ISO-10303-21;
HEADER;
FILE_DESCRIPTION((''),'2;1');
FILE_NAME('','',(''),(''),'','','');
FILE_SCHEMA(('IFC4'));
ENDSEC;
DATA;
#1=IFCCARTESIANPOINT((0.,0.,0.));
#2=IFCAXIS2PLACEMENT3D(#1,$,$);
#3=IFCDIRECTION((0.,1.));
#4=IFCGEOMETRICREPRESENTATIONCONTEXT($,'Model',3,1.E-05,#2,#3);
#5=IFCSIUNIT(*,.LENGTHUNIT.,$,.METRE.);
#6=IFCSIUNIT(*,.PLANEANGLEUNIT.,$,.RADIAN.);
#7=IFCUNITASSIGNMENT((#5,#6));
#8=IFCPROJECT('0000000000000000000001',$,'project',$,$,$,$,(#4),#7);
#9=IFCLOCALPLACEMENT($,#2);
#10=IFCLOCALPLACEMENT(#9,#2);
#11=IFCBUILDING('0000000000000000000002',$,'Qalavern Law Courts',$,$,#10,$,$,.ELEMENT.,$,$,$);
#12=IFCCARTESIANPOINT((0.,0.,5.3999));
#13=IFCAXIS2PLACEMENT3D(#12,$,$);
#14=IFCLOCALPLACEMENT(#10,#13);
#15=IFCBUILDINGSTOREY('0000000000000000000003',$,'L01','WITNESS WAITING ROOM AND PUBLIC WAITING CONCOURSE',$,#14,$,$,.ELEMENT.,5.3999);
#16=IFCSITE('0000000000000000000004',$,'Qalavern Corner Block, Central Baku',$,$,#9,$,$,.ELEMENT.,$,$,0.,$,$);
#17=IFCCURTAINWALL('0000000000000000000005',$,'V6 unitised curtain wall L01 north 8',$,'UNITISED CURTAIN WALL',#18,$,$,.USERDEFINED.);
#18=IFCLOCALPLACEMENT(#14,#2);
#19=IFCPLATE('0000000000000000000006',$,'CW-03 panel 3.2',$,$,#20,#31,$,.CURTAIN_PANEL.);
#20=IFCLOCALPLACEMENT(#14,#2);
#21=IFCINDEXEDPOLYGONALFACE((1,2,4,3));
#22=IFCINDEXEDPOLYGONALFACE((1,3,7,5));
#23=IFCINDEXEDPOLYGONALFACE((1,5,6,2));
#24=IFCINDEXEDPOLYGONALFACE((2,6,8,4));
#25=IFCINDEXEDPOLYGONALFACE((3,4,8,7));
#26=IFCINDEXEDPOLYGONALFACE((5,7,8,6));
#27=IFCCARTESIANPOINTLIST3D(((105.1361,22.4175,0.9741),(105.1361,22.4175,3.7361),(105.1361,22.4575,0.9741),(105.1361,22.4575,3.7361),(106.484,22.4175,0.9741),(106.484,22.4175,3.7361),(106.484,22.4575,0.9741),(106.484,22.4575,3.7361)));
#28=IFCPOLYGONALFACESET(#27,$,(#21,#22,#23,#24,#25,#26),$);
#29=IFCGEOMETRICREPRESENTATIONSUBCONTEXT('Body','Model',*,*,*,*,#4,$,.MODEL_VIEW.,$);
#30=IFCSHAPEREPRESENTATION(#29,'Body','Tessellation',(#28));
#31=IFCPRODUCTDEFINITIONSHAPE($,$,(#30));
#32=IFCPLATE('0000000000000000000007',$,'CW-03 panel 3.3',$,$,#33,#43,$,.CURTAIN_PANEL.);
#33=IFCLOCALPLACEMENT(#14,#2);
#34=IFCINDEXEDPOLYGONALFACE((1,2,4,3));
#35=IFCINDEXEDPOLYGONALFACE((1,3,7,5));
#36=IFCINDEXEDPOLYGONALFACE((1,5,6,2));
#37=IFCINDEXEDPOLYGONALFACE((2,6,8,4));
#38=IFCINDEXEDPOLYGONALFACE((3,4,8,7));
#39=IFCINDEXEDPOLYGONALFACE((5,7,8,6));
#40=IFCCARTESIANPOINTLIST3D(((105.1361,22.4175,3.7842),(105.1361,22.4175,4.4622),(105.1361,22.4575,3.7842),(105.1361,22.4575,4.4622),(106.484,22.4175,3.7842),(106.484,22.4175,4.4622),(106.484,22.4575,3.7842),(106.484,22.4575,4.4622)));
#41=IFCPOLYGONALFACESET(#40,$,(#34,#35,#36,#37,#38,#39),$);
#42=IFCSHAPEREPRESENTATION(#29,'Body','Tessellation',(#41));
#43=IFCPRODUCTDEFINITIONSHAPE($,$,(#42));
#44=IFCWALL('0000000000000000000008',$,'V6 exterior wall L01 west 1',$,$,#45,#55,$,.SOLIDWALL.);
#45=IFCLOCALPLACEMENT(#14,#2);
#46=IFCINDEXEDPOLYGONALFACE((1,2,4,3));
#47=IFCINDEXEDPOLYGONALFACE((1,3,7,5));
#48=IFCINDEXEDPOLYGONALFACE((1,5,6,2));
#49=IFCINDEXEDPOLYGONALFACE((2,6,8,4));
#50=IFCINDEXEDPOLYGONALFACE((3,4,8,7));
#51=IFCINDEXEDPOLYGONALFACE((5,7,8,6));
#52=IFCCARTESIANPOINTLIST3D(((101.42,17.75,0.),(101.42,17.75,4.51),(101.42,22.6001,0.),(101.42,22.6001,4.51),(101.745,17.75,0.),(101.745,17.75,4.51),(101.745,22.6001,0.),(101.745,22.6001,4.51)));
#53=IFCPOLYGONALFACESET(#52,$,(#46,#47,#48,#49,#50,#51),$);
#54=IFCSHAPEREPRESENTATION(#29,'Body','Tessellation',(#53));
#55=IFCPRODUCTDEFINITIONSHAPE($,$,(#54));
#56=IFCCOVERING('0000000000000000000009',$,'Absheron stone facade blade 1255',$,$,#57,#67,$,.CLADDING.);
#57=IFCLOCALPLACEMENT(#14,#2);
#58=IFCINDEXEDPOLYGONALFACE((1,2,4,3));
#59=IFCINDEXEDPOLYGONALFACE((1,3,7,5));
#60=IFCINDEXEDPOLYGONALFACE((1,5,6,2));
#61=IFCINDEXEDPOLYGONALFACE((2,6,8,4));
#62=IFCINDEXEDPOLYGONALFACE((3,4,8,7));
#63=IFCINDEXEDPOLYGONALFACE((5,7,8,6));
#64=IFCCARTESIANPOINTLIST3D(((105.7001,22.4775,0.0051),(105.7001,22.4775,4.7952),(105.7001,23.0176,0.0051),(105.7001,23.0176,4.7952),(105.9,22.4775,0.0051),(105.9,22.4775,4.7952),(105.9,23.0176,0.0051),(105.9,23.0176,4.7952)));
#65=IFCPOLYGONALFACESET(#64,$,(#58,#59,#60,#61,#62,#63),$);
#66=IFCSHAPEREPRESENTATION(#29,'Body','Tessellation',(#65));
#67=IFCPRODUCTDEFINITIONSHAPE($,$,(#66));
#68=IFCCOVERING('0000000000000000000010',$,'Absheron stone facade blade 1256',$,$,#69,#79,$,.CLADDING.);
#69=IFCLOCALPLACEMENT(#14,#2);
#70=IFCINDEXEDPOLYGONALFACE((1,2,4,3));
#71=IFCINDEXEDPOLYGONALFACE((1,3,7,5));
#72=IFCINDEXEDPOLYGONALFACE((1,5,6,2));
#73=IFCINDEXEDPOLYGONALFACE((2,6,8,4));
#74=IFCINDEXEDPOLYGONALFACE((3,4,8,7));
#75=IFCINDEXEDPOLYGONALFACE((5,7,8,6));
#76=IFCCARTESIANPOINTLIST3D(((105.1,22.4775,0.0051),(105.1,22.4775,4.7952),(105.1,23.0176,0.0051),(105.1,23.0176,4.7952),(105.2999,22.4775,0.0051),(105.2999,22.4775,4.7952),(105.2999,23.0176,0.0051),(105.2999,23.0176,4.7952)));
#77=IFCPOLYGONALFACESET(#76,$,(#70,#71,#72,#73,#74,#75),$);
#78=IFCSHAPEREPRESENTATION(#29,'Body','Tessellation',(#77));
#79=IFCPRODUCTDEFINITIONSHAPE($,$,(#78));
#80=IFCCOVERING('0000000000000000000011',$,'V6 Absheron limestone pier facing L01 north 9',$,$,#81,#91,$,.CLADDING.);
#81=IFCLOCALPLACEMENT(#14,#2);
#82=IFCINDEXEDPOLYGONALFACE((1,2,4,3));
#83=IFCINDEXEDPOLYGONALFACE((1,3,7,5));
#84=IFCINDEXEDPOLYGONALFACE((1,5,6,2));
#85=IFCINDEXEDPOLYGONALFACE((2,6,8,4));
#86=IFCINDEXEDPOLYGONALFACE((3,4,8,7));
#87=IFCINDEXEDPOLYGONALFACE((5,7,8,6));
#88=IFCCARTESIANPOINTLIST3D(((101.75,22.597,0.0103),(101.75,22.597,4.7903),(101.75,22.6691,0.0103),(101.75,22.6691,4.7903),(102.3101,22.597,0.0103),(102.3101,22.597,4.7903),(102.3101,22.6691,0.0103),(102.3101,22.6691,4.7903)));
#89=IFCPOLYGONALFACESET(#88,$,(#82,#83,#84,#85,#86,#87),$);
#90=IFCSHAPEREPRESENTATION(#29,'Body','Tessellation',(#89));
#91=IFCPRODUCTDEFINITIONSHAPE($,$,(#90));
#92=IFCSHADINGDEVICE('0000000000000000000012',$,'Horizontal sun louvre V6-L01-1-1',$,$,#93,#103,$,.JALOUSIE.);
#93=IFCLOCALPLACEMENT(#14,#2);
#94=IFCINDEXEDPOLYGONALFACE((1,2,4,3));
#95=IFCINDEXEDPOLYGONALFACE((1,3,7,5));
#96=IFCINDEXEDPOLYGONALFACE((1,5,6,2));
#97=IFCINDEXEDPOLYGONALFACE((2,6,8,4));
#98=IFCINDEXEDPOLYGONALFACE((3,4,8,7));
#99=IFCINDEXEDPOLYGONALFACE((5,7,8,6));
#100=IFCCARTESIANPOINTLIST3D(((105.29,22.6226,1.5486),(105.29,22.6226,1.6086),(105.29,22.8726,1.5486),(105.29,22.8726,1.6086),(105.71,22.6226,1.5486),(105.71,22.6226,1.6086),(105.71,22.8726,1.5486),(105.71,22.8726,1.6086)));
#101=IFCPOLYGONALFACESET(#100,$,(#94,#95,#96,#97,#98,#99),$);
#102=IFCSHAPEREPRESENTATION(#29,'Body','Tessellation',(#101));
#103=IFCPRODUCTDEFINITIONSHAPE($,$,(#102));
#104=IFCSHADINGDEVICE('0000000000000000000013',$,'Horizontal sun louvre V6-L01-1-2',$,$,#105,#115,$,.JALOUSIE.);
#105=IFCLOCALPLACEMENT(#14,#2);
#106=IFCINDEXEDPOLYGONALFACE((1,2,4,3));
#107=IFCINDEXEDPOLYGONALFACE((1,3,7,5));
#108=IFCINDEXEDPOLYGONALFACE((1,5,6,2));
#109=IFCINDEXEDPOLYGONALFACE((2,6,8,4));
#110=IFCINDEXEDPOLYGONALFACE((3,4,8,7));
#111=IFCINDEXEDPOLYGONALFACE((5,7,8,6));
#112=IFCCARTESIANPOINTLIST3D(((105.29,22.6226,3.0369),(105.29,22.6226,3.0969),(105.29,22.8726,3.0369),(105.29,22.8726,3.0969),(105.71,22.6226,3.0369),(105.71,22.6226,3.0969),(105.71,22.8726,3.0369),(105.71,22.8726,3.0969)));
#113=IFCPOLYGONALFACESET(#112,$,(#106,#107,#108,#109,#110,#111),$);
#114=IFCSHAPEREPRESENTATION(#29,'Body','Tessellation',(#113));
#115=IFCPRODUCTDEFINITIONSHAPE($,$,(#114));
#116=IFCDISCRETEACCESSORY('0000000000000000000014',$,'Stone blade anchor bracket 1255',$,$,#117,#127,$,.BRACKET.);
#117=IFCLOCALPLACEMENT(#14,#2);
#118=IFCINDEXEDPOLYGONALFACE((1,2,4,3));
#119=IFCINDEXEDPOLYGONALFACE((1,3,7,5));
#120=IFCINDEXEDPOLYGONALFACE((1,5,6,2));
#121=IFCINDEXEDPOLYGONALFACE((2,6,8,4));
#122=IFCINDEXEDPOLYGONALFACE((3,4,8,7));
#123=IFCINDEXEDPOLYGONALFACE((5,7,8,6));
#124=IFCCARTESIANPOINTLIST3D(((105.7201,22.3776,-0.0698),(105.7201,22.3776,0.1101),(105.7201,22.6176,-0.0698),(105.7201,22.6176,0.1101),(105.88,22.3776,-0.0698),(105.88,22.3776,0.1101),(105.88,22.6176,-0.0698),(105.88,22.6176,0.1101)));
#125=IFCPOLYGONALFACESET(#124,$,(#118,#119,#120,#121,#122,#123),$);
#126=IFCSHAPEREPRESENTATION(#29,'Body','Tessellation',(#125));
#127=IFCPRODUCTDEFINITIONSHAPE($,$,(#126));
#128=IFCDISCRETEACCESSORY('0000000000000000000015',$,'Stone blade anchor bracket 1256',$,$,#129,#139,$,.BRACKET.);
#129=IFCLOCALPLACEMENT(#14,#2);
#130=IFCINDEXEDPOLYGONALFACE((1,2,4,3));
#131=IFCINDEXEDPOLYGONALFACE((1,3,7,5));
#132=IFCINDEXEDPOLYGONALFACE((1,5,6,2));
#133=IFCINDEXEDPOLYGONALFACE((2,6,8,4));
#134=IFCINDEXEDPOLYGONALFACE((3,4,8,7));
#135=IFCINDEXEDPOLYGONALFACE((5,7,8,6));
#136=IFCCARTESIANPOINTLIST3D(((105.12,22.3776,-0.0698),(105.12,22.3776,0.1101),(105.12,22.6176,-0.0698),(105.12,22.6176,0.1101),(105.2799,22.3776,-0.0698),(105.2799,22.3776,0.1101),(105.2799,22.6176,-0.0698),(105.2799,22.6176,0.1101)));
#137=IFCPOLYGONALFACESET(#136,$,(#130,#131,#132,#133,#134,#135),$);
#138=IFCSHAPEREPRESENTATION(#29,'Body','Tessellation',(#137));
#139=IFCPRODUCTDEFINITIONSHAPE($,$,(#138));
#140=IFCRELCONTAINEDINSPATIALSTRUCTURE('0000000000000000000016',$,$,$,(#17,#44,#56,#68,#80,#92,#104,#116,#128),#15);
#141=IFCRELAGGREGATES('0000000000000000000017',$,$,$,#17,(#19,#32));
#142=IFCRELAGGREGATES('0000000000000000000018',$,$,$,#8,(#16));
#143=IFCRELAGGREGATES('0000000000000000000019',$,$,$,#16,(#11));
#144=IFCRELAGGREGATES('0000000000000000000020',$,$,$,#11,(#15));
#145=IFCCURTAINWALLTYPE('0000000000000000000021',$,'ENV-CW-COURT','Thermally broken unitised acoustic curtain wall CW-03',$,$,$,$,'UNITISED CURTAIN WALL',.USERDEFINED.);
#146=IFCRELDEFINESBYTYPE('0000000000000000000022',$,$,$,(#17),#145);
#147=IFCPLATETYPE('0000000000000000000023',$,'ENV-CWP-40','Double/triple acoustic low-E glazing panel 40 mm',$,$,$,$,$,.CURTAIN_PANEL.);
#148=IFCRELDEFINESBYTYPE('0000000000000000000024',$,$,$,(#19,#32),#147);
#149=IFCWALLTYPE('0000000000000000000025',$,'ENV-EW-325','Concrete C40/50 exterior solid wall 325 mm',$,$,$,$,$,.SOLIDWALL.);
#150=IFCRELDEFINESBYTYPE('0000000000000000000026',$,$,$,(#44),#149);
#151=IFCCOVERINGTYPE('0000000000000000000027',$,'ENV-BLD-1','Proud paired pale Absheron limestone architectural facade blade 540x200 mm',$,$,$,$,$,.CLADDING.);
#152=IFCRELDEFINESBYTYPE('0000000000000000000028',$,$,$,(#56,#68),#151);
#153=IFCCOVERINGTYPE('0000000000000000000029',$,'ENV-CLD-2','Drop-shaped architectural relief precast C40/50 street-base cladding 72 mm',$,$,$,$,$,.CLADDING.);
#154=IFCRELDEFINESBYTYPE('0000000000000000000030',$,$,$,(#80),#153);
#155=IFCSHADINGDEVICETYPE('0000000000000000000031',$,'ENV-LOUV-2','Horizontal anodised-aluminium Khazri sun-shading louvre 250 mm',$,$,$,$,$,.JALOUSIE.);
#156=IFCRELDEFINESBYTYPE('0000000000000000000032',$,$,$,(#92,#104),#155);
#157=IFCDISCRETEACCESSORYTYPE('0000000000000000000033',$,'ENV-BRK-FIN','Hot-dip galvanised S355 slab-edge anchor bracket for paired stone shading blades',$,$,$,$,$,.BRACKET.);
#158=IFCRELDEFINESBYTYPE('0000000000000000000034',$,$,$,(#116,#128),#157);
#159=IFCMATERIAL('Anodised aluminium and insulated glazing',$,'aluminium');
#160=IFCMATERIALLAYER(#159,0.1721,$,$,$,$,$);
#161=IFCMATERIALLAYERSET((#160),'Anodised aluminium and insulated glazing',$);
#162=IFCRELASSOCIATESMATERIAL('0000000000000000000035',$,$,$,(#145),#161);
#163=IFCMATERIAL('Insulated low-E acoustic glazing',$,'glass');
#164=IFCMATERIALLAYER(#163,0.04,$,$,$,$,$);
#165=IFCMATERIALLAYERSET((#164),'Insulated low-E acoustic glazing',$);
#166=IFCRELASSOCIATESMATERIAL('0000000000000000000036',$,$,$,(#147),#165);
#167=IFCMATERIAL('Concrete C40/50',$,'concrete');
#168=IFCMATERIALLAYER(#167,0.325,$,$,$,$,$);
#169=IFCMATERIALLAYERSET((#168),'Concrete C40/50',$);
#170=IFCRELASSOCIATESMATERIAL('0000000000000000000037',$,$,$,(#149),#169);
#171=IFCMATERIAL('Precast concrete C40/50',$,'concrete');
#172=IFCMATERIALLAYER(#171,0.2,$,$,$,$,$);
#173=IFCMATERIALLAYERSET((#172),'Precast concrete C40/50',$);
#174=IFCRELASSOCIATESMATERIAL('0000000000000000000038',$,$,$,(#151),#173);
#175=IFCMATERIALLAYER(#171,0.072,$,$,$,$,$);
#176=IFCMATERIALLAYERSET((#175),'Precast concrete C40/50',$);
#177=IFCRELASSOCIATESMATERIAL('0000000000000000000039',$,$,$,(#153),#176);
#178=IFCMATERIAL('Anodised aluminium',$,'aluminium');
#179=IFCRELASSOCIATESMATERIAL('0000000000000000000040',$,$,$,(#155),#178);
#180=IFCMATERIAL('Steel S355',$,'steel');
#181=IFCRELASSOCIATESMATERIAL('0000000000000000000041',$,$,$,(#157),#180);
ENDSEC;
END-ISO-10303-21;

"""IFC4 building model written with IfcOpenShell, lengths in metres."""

from ifc_helpers import new_model, si_unit, direction, frame, frame_2d, origin, origin_2d, place, context, subcontext, project, spatial, rectangle, extrude, material, layer, layer_set, type_object, element, aggregate, save


model = new_model("IFC4")

# Units and contexts
model_context = context("Model", 3, precision=1e-05, world=origin(), true_north=direction((0.0, 1.0)))
body_context = subcontext(model_context, "Body", "Model", "MODEL_VIEW")
ifc_project = project(units=[si_unit("LENGTHUNIT", "METRE"), si_unit("PLANEANGLEUNIT", "RADIAN")], contexts=[model_context])

# Site, building, storey
site_placement = place(None, origin())
site = spatial("IfcSite", under=ifc_project, at=site_placement, Name="Qalavern Corner Block, Central Baku", CompositionType="ELEMENT", RefElevation=0.0)
building_placement = place(site_placement, origin())
building = spatial("IfcBuilding", under=site, at=building_placement, Name="Qalavern Law Courts", CompositionType="ELEMENT")
storey_placement = place(building_placement, frame((0.0, 0.0, 5.3999)))
storey = spatial("IfcBuildingStorey", under=building, at=storey_placement, Name="L01", Description="WITNESS WAITING ROOM AND PUBLIC WAITING CONCOURSE", CompositionType="ELEMENT", Elevation=5.3999)

# Curtain wall, plates
ifc_material_1 = material(Name="Anodised aluminium and insulated glazing", Category="aluminium")
ifc_layer_1 = layer(ifc_material_1, 0.1721)
ifc_layer_set_1 = layer_set([ifc_layer_1], Name="Anodised aluminium and insulated glazing")
curtain_wall_type = type_object("IfcCurtainWallType", Name="ENV-CW-COURT", Description="Thermally broken unitised acoustic curtain wall CW-03", ElementType="UNITISED CURTAIN WALL", PredefinedType="USERDEFINED", material=ifc_layer_set_1)
curtain_wall_placement = place(storey_placement, origin())
curtain_wall = element("IfcCurtainWall", 1, at=curtain_wall_placement, inside=storey, type_object=curtain_wall_type, Name="V6 unitised curtain wall L01 north 8", ObjectType="UNITISED CURTAIN WALL", PredefinedType="USERDEFINED")
ifc_material_2 = material(Name="Anodised aluminium", Category="aluminium")
ifc_material_3 = material(Name="Insulated low-E acoustic glazing", Category="glass")
ifc_layer_2 = layer(ifc_material_3, 0.04)
ifc_layer_set_2 = layer_set([ifc_layer_2], Name="Insulated low-E acoustic glazing")
plate_type = type_object("IfcPlateType", Name="ENV-CWP-40", Description="Double/triple acoustic low-E glazing panel 40 mm", PredefinedType="CURTAIN_PANEL", material=ifc_layer_set_2)
plate_1_placement = place(storey_placement, frame((105.8101, 22.4375, 0.9741), z_axis=(0.0, 0.0, 1.0), x_axis=(-1.0, 0.0, 0.0)))
plate_1 = element("IfcPlate", 2, at=plate_1_placement, type_object=plate_type, Name="CW-03 panel 3.2", PredefinedType="CURTAIN_PANEL", context=body_context, shape_type="SweptSolid", body=[
    extrude(rectangle(XDim=1.3479, YDim=0.04, at=origin_2d()), origin(), (0.0, 0.0, 1.0), 2.762),
])
plate_2_placement = place(storey_placement, frame((105.8101, 22.4375, 3.7842), z_axis=(0.0, 0.0, 1.0), x_axis=(-1.0, 0.0, 0.0)))
plate_2 = element("IfcPlate", 3, at=plate_2_placement, type_object=plate_type, Name="CW-03 panel 3.3", PredefinedType="CURTAIN_PANEL", context=body_context, shape_type="SweptSolid", body=[
    extrude(rectangle(XDim=1.3479, YDim=0.04, at=origin_2d()), origin(), (0.0, 0.0, 1.0), 0.678),
])
aggregate(curtain_wall, [plate_1, plate_2])

# Wall
ifc_material_4 = material(Name="Concrete C40/50", Category="concrete")
ifc_layer_3 = layer(ifc_material_4, 0.325)
ifc_layer_set_3 = layer_set([ifc_layer_3], Name="Concrete C40/50")
wall_type = type_object("IfcWallType", Name="ENV-EW-325", Description="Concrete C40/50 exterior solid wall 325 mm", PredefinedType="SOLIDWALL", material=ifc_layer_set_3)
wall_placement = place(storey_placement, frame((101.5825, 22.6001, 0.0), z_axis=(0.0, 0.0, 1.0), x_axis=(0.0, -1.0, 0.0)))
element("IfcWall", 4, at=wall_placement, inside=storey, type_object=wall_type, Name="V6 exterior wall L01 west 1", PredefinedType="SOLIDWALL", context=body_context, shape_type="SweptSolid", body=[
    extrude(rectangle(XDim=4.8501, YDim=0.325, at=frame_2d((2.425, 0.0))), origin(), (0.0, 0.0, 1.0), 4.51),
])

# Coverings
ifc_material_5 = material(Name="Precast concrete C40/50", Category="concrete")
ifc_layer_4 = layer(ifc_material_5, 0.2)
ifc_layer_set_4 = layer_set([ifc_layer_4], Name="Precast concrete C40/50")
covering_type_1 = type_object("IfcCoveringType", Name="ENV-BLD-1", Description="Proud paired pale Absheron limestone architectural facade blade 540x200 mm", PredefinedType="CLADDING", material=ifc_layer_set_4)
for number, where, z_axis, x_axis, name in (
    (5, (105.8, 22.7476, 0.0051), (0.0, 0.0, 1.0), (0.0, 1.0, 0.0), "Absheron stone facade blade 1255"),
    (6, (105.2, 22.7476, 0.0051), (0.0, 0.0, 1.0), (0.0, 1.0, 0.0), "Absheron stone facade blade 1256"),
):
    element("IfcCovering", number, at=place(storey_placement, frame(where, z_axis=z_axis, x_axis=x_axis)), inside=storey, type_object=covering_type_1, Name=name, PredefinedType="CLADDING", context=body_context, shape_type="SweptSolid", body=[
        extrude(rectangle(XDim=0.54, YDim=0.2, at=origin_2d()), origin(), (0.0, 0.0, 1.0), 4.79),
    ])
ifc_layer_5 = layer(ifc_material_5, 0.072)
ifc_layer_set_5 = layer_set([ifc_layer_5], Name="Precast concrete C40/50")
covering_type_2 = type_object("IfcCoveringType", Name="ENV-CLD-2", Description="Drop-shaped architectural relief precast C40/50 street-base cladding 72 mm", PredefinedType="CLADDING", material=ifc_layer_set_5)
covering_placement = place(storey_placement, frame((102.03, 22.6331, 0.0103), z_axis=(0.0, 0.0, 1.0), x_axis=(-1.0, 0.0, 0.0)))
element("IfcCovering", 7, at=covering_placement, inside=storey, type_object=covering_type_2, Name="V6 Absheron limestone pier facing L01 north 9", PredefinedType="CLADDING", context=body_context, shape_type="SweptSolid", body=[
    extrude(rectangle(XDim=0.5601, YDim=0.072, at=origin_2d()), origin(), (0.0, 0.0, 1.0), 4.78),
])

# Shading devices
shading_device_type = type_object("IfcShadingDeviceType", Name="ENV-LOUV-2", Description="Horizontal anodised-aluminium Khazri sun-shading louvre 250 mm", PredefinedType="JALOUSIE", material=ifc_material_2)
for number, where, z_axis, x_axis, name in (
    (8, (105.5, 22.7476, 1.5486), (0.0, 0.0, 1.0), (-1.0, 0.0, 0.0), "Horizontal sun louvre V6-L01-1-1"),
    (9, (105.5, 22.7476, 3.0369), (0.0, 0.0, 1.0), (-1.0, 0.0, 0.0), "Horizontal sun louvre V6-L01-1-2"),
):
    element("IfcShadingDevice", number, at=place(storey_placement, frame(where, z_axis=z_axis, x_axis=x_axis)), inside=storey, type_object=shading_device_type, Name=name, PredefinedType="JALOUSIE", context=body_context, shape_type="SweptSolid", body=[
        extrude(rectangle(XDim=0.4199, YDim=0.25, at=origin_2d()), origin(), (0.0, 0.0, 1.0), 0.0601),
    ])

# Discrete accessories
ifc_material_6 = material(Name="Steel S355", Category="steel")
discrete_accessory_type = type_object("IfcDiscreteAccessoryType", Name="ENV-BRK-FIN", Description="Hot-dip galvanised S355 slab-edge anchor bracket for paired stone shading blades", PredefinedType="BRACKET", material=ifc_material_6)
for number, where, z_axis, x_axis, name in (
    (10, (105.8, 22.4976, -0.0698), (0.0, 0.0, 1.0), (0.0, 1.0, 0.0), "Stone blade anchor bracket 1255"),
    (11, (105.2, 22.4976, -0.0698), (0.0, 0.0, 1.0), (0.0, 1.0, 0.0), "Stone blade anchor bracket 1256"),
):
    element("IfcDiscreteAccessory", number, at=place(storey_placement, frame(where, z_axis=z_axis, x_axis=x_axis)), inside=storey, type_object=discrete_accessory_type, Name=name, PredefinedType="BRACKET", context=body_context, shape_type="SweptSolid", body=[
        extrude(rectangle(XDim=0.24, YDim=0.1599, at=origin_2d()), origin(), (0.0, 0.0, 1.0), 0.1799),
    ])

save(model, "model.ifc")
